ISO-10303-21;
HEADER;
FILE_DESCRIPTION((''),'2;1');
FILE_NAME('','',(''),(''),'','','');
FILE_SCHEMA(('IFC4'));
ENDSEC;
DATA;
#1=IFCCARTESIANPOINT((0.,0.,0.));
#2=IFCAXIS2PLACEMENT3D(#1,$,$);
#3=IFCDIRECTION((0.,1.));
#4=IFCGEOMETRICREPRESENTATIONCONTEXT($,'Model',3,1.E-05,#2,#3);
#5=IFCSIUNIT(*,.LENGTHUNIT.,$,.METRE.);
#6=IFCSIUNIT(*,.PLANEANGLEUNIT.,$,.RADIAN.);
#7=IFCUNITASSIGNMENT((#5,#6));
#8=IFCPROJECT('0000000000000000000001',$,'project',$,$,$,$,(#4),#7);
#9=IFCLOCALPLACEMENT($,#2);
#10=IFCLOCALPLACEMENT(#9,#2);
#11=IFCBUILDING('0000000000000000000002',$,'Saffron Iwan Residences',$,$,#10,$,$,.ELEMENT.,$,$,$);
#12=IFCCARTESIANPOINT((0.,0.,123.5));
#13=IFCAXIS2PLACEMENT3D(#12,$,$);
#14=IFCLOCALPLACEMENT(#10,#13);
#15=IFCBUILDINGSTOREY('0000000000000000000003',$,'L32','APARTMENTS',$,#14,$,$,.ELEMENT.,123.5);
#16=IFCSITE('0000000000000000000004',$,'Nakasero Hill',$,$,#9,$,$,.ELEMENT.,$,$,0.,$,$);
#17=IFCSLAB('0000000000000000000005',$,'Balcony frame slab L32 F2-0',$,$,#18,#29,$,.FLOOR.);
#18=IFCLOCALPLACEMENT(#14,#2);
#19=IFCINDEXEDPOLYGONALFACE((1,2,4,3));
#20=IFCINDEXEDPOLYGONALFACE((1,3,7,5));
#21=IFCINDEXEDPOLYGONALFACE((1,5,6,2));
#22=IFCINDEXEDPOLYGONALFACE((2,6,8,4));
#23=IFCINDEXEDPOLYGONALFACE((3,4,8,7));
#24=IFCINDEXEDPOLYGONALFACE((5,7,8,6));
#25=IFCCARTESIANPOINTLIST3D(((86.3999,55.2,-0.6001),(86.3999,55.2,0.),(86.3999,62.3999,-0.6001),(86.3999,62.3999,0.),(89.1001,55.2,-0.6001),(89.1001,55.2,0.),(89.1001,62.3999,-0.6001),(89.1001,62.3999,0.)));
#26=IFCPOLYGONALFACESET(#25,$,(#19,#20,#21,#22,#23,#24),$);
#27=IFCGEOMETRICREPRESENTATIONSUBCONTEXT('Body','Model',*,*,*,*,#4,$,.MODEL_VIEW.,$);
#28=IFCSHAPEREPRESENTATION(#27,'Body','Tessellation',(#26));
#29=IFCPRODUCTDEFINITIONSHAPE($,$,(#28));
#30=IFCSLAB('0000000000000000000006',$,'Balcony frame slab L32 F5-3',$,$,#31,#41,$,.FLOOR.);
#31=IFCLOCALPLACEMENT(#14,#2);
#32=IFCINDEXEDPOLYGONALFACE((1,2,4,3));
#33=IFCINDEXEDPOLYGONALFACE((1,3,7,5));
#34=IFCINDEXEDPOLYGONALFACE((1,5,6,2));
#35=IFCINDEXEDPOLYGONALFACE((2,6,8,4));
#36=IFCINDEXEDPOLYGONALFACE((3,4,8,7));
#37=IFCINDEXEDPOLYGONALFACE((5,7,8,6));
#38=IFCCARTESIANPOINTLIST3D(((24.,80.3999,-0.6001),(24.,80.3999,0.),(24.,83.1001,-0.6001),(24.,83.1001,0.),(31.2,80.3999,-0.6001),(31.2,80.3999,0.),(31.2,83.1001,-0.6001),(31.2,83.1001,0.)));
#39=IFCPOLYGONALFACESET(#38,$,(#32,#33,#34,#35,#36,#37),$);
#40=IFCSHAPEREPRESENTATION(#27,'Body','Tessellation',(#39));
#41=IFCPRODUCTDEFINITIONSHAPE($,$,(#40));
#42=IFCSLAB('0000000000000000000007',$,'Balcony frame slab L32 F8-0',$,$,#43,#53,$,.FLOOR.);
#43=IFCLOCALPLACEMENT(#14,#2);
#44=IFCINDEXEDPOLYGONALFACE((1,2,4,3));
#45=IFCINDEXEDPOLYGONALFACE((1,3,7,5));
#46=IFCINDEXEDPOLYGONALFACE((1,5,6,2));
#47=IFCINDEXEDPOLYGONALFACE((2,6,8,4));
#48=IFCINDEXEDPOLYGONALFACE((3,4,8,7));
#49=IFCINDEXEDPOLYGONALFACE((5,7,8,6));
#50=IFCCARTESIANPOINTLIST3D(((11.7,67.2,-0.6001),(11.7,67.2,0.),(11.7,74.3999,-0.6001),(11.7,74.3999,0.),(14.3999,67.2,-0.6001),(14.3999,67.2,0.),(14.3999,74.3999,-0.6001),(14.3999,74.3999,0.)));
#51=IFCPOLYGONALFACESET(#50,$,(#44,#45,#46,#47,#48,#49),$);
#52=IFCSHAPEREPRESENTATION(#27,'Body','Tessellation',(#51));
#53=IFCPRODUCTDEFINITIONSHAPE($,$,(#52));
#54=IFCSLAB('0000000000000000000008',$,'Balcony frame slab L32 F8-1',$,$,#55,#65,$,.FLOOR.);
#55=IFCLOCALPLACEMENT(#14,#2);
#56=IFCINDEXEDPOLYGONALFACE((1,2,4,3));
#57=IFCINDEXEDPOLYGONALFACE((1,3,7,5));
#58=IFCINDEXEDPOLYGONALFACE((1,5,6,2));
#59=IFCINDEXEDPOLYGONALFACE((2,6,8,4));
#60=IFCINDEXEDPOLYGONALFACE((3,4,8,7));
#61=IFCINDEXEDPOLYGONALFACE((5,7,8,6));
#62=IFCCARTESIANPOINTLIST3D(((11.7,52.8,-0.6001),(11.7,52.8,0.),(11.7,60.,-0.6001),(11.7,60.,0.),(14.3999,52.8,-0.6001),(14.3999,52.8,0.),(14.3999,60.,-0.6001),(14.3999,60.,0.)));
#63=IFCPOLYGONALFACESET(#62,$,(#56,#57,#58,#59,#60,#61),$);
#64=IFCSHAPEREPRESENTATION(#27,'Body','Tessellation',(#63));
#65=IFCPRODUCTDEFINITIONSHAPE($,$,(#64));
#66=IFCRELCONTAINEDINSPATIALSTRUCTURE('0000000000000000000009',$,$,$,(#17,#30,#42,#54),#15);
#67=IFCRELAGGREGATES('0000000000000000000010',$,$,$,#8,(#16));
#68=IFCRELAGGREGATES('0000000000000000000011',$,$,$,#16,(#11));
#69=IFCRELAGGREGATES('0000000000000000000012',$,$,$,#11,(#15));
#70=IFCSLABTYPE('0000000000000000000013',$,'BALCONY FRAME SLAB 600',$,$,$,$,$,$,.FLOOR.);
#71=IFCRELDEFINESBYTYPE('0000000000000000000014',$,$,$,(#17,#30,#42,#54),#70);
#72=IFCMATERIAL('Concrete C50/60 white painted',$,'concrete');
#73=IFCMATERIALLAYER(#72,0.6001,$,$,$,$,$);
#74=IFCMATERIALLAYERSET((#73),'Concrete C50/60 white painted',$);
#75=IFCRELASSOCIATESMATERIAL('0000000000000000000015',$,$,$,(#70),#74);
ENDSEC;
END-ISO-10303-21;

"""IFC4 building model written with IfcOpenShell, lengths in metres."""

from ifc_helpers import new_model, si_unit, direction, frame, origin, place, context, subcontext, project, spatial, polyline, outline, extrude, material, layer, layer_set, type_object, element, save


model = new_model("IFC4")

# Units and contexts
model_context = context("Model", 3, precision=1e-05, world=origin(), true_north=direction((0.0, 1.0)))
body_context = subcontext(model_context, "Body", "Model", "MODEL_VIEW")
ifc_project = project(units=[si_unit("LENGTHUNIT", "METRE"), si_unit("PLANEANGLEUNIT", "RADIAN")], contexts=[model_context])

# Site, building, storey
site_placement = place(None, origin())
site = spatial("IfcSite", under=ifc_project, at=site_placement, Name="Nakasero Hill", CompositionType="ELEMENT", RefElevation=0.0)
building_placement = place(site_placement, origin())
building = spatial("IfcBuilding", under=site, at=building_placement, Name="Saffron Iwan Residences", CompositionType="ELEMENT")
storey_placement = place(building_placement, frame((0.0, 0.0, 123.5)))
storey = spatial("IfcBuildingStorey", under=building, at=storey_placement, Name="L32", Description="APARTMENTS", CompositionType="ELEMENT", Elevation=123.5)

# Slabs
ifc_material_1 = material(Name="Concrete C50/60 white painted", Category="concrete")
ifc_layer_1 = layer(ifc_material_1, 0.6001)
ifc_layer_set_1 = layer_set([ifc_layer_1], Name="Concrete C50/60 white painted")
slab_type_1 = type_object("IfcSlabType", Name="BALCONY FRAME SLAB 600", PredefinedType="FLOOR", material=ifc_layer_set_1)
slab_1_placement = place(storey_placement, frame((0.0, 0.0, -0.6001)))
element("IfcSlab", 1, at=slab_1_placement, inside=storey, type_object=slab_type_1, Name="Balcony frame slab L32 F2-0", PredefinedType="FLOOR", context=body_context, shape_type="SweptSolid", body=[
    extrude(outline(polyline([(89.1001, 55.2), (89.1001, 62.3999), (86.3999, 62.3999), (86.3999, 55.2), (89.1001, 55.2)])), origin(), (0.0, 0.0, 1.0), 0.6001),
])
slab_2_placement = place(storey_placement, frame((0.0, 0.0, -0.6001)))
element("IfcSlab", 2, at=slab_2_placement, inside=storey, type_object=slab_type_1, Name="Balcony frame slab L32 F5-3", PredefinedType="FLOOR", context=body_context, shape_type="SweptSolid", body=[
    extrude(outline(polyline([(31.2, 83.1001), (24.0, 83.1001), (24.0, 80.3999), (31.2, 80.3999), (31.2, 83.1001)])), origin(), (0.0, 0.0, 1.0), 0.6001),
])
slab_3_placement = place(storey_placement, frame((0.0, 0.0, -0.6001)))
element("IfcSlab", 3, at=slab_3_placement, inside=storey, type_object=slab_type_1, Name="Balcony frame slab L32 F8-0", PredefinedType="FLOOR", context=body_context, shape_type="SweptSolid", body=[
    extrude(outline(polyline([(11.7, 74.3999), (11.7, 67.2), (14.3999, 67.2), (14.3999, 74.3999), (11.7, 74.3999)])), origin(), (0.0, 0.0, 1.0), 0.6001),
])
slab_4_placement = place(storey_placement, frame((0.0, 0.0, -0.6001)))
element("IfcSlab", 4, at=slab_4_placement, inside=storey, type_object=slab_type_1, Name="Balcony frame slab L32 F8-1", PredefinedType="FLOOR", context=body_context, shape_type="SweptSolid", body=[
    extrude(outline(polyline([(11.7, 60.0), (11.7, 52.8), (14.3999, 52.8), (14.3999, 60.0), (11.7, 60.0)])), origin(), (0.0, 0.0, 1.0), 0.6001),
])

save(model, "model.ifc")
